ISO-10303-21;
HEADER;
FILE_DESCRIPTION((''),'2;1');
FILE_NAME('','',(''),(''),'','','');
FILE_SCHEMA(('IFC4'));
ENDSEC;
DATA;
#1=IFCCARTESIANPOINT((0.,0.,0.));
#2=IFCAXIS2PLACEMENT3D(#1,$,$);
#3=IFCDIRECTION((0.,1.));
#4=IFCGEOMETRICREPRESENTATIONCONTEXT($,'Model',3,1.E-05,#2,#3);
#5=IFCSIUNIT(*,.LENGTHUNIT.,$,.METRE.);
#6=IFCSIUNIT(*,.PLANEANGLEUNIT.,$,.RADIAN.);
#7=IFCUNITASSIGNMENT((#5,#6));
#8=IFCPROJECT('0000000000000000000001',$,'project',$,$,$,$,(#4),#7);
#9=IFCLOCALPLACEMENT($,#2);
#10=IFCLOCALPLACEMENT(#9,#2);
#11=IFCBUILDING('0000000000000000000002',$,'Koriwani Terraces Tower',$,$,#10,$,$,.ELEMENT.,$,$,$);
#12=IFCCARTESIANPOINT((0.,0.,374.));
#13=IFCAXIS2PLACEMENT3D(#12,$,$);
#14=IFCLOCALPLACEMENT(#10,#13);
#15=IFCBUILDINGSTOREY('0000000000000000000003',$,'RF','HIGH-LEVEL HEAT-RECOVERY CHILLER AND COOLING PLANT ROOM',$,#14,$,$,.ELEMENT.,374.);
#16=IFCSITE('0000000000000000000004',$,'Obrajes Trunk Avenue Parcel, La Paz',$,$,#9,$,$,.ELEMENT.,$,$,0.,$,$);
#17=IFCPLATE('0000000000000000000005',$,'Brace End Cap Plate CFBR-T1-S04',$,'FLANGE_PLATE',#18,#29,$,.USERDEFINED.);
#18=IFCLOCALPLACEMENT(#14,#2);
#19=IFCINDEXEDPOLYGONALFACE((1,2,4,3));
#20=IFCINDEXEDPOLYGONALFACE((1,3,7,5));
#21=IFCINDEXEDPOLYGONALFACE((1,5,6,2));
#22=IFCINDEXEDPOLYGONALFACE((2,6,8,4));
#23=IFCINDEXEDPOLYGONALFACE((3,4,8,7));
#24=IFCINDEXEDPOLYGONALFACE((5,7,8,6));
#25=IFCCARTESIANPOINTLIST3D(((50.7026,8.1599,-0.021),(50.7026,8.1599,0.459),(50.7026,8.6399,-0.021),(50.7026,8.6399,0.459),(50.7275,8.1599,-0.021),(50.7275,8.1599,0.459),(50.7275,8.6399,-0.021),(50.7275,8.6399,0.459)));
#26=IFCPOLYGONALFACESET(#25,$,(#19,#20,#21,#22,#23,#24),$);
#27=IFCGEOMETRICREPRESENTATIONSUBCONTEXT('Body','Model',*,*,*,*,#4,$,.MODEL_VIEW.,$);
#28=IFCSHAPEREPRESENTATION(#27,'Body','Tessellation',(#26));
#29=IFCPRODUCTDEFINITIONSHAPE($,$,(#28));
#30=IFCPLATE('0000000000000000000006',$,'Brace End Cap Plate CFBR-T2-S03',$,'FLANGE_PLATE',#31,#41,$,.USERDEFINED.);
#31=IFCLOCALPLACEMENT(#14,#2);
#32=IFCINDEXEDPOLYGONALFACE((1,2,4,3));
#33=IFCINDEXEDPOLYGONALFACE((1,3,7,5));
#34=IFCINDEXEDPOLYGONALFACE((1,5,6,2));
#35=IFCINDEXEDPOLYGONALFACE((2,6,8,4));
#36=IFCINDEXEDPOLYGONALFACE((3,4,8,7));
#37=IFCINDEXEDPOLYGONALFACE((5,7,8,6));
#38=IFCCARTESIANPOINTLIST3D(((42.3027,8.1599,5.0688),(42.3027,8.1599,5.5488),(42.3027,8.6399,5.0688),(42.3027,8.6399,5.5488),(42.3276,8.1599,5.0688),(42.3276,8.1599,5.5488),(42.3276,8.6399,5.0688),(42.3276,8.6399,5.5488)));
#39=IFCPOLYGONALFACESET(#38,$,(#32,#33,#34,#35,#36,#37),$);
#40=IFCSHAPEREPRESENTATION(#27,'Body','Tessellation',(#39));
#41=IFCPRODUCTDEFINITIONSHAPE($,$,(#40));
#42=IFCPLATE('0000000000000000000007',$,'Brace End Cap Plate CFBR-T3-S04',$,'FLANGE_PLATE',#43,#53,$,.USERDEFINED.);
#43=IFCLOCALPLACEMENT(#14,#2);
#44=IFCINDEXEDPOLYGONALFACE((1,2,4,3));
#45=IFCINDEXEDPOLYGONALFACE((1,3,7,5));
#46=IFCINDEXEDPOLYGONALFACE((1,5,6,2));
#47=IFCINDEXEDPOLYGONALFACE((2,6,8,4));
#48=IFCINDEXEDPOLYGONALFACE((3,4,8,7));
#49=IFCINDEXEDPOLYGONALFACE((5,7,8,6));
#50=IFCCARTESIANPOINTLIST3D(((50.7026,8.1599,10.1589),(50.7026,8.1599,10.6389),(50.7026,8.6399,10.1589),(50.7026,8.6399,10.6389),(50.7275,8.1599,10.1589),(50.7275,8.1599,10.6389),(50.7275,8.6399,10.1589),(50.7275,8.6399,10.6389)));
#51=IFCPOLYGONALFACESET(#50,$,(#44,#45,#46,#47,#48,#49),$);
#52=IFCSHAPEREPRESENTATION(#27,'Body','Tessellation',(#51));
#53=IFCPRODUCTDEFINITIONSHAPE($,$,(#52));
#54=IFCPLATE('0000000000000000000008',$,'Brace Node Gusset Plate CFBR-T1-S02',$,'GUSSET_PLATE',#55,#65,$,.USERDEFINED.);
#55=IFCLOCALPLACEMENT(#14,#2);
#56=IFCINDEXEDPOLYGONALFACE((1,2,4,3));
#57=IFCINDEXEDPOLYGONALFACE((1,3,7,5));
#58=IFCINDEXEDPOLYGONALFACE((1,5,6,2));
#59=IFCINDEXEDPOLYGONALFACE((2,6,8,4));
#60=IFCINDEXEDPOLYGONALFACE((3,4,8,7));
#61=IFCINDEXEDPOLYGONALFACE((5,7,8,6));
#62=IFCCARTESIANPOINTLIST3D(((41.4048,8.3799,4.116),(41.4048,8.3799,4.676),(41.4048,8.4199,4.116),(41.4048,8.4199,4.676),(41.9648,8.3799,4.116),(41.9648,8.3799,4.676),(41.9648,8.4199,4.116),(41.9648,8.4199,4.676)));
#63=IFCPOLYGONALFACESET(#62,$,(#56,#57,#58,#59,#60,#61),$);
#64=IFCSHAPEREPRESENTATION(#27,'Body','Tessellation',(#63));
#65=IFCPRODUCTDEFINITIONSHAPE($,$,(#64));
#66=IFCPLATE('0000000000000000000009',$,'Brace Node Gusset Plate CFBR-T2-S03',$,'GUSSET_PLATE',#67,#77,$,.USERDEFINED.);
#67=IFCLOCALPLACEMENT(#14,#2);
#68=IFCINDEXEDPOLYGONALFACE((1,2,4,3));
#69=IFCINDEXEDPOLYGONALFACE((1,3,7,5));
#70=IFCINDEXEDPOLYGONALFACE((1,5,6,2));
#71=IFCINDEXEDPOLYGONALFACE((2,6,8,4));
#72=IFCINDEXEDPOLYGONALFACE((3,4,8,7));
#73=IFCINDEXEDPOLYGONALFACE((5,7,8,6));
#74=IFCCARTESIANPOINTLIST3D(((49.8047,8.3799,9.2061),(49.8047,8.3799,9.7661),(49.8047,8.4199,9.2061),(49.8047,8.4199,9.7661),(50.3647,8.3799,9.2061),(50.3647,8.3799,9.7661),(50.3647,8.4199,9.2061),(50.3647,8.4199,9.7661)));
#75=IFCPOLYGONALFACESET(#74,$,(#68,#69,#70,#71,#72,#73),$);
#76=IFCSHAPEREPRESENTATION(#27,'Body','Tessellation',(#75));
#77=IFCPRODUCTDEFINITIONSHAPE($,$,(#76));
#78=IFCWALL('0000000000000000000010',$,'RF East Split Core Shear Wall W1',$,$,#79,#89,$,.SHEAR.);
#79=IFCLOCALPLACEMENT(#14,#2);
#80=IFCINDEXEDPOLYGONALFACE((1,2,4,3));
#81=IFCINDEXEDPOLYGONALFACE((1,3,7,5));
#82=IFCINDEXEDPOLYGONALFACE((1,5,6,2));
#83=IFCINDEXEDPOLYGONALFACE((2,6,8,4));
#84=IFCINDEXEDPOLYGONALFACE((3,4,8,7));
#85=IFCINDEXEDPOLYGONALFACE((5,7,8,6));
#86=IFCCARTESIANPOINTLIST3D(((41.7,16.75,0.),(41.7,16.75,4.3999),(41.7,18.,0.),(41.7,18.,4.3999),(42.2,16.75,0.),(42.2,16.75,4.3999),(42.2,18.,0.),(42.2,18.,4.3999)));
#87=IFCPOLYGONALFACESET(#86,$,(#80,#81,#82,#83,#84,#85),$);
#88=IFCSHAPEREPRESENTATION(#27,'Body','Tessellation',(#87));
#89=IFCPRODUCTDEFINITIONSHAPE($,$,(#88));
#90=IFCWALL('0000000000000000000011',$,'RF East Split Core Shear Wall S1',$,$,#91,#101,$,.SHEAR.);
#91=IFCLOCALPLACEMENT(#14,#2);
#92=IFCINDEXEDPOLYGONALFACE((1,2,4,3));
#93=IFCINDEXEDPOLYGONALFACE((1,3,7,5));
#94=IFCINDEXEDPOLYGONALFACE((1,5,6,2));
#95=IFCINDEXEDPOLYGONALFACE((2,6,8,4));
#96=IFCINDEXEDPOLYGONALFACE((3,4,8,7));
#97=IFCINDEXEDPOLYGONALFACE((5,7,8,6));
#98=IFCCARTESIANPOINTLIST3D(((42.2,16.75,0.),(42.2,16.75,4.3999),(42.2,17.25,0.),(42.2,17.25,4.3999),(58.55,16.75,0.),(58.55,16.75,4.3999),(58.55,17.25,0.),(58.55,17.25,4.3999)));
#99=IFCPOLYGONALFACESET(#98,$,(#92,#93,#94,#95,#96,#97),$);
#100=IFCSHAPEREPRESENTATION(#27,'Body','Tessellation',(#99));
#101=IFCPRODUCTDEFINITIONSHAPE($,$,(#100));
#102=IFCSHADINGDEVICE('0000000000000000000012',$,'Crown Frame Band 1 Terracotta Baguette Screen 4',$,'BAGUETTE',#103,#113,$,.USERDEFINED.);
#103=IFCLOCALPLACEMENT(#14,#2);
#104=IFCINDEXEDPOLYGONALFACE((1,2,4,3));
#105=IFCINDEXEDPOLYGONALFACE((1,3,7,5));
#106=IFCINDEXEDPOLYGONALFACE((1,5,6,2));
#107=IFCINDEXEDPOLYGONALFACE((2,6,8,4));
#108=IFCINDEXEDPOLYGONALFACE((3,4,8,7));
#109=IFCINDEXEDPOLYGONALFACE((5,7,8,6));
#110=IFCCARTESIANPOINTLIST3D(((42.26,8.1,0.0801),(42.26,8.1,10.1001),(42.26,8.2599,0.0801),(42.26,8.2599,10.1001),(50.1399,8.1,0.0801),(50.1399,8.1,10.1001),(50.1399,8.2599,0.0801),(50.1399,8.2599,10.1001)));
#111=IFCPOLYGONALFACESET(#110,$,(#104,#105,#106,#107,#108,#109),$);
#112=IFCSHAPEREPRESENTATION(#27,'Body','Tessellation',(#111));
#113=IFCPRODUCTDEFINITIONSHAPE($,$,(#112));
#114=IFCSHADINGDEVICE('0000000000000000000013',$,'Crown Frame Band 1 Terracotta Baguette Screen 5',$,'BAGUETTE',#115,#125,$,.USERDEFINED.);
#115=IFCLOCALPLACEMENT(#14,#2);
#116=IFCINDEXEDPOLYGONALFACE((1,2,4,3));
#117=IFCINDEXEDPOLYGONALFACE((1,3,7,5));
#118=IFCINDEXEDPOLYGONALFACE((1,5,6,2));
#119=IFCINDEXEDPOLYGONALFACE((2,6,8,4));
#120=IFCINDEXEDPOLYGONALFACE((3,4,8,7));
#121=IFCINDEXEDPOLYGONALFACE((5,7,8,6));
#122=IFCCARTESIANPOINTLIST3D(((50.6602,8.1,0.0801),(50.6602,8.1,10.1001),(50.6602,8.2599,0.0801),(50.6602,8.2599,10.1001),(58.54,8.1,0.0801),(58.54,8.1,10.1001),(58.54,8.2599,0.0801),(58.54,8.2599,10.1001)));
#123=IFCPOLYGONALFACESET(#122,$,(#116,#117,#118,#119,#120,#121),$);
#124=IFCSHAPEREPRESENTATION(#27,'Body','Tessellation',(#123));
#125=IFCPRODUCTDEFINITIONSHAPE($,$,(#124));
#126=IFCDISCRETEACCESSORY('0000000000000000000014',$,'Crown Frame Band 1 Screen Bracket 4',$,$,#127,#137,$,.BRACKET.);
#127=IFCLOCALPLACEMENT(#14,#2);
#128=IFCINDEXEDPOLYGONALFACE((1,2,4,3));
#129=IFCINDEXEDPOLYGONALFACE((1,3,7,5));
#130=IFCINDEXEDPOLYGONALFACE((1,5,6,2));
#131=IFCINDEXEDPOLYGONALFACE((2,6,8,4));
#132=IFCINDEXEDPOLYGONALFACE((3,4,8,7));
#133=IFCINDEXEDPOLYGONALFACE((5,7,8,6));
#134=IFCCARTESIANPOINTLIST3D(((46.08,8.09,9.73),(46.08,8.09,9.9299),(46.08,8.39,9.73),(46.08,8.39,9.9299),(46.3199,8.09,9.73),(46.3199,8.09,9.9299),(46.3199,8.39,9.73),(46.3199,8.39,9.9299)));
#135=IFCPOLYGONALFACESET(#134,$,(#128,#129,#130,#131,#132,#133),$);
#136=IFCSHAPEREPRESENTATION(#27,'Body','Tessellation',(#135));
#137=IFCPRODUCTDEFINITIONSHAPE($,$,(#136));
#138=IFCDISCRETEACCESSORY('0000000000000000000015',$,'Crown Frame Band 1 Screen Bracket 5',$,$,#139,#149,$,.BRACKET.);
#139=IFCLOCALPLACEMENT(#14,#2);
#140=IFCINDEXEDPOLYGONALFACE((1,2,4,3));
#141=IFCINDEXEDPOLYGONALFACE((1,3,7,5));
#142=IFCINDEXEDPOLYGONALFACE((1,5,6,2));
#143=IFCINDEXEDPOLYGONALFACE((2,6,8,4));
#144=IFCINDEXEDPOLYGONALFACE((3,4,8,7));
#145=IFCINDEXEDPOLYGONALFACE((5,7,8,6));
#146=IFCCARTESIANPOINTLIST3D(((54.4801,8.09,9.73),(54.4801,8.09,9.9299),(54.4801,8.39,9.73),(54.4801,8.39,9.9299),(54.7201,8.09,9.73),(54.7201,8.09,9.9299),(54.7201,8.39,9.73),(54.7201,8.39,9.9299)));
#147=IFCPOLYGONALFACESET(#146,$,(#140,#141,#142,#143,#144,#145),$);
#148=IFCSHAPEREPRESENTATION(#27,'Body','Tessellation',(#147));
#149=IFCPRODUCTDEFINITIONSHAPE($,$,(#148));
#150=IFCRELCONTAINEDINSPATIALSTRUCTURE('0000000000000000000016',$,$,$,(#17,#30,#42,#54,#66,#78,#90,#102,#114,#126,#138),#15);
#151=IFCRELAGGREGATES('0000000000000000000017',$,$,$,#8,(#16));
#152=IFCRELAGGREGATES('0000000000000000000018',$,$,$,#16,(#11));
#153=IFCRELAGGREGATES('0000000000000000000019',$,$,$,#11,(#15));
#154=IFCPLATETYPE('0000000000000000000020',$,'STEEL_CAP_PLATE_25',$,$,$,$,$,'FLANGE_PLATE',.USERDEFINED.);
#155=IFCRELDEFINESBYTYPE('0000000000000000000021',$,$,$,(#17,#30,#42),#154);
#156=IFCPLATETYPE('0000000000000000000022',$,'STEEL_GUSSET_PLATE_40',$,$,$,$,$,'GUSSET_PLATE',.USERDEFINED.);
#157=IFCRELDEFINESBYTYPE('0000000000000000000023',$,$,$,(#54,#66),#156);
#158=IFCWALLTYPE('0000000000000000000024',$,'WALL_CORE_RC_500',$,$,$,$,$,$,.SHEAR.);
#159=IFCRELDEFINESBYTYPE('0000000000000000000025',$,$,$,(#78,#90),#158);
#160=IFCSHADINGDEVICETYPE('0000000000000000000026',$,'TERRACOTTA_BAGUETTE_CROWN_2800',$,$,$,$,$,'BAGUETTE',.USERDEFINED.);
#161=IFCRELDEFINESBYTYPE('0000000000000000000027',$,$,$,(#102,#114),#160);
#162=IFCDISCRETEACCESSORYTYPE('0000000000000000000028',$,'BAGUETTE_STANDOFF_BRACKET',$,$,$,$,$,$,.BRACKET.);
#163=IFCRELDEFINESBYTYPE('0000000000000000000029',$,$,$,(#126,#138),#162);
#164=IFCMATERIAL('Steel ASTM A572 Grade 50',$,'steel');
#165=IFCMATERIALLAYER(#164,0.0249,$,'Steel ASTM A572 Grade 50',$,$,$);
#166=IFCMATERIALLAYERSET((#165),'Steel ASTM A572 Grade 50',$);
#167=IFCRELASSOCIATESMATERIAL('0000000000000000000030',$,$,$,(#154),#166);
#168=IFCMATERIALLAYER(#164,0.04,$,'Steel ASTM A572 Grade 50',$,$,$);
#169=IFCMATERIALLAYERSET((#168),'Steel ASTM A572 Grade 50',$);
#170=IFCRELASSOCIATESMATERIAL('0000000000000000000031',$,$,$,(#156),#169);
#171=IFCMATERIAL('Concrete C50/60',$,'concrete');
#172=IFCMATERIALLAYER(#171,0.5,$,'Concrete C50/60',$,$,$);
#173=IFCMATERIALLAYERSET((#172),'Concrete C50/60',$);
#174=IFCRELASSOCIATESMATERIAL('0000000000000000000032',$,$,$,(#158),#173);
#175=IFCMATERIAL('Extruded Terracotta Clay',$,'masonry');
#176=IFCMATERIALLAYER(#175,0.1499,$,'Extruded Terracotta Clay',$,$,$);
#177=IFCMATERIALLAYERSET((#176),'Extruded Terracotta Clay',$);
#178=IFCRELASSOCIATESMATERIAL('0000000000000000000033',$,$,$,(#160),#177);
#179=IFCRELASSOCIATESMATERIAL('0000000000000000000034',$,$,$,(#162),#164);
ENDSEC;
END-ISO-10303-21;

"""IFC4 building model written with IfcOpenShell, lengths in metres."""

from ifc_helpers import new_model, si_unit, direction, frame, frame_2d, origin, origin_2d, place, context, subcontext, project, spatial, rectangle, extrude, material, layer, layer_set, type_object, element, save


model = new_model("IFC4")

# Units and contexts
model_context = context("Model", 3, precision=1e-05, world=origin(), true_north=direction((0.0, 1.0)))
body_context = subcontext(model_context, "Body", "Model", "MODEL_VIEW")
ifc_project = project(units=[si_unit("LENGTHUNIT", "METRE"), si_unit("PLANEANGLEUNIT", "RADIAN")], contexts=[model_context])

# Site, building, storey
site_placement = place(None, origin())
site = spatial("IfcSite", under=ifc_project, at=site_placement, Name="Obrajes Trunk Avenue Parcel, La Paz", CompositionType="ELEMENT", RefElevation=0.0)
building_placement = place(site_placement, origin())
building = spatial("IfcBuilding", under=site, at=building_placement, Name="Koriwani Terraces Tower", CompositionType="ELEMENT")
storey_placement = place(building_placement, frame((0.0, 0.0, 374.0)))
storey = spatial("IfcBuildingStorey", under=building, at=storey_placement, Name="RF", Description="HIGH-LEVEL HEAT-RECOVERY CHILLER AND COOLING PLANT ROOM", CompositionType="ELEMENT", Elevation=374.0)

# Shared definitions
ifc_material_1 = material(Name="Steel ASTM A572 Grade 50", Category="steel")

# Plates
ifc_layer_1 = layer(ifc_material_1, 0.0249, Name="Steel ASTM A572 Grade 50")
ifc_layer_set_1 = layer_set([ifc_layer_1], Name="Steel ASTM A572 Grade 50")
plate_type_1 = type_object("IfcPlateType", Name="STEEL_CAP_PLATE_25", ElementType="FLANGE_PLATE", PredefinedType="USERDEFINED", material=ifc_layer_set_1)
for number, where, z_axis, x_axis, name in (
    (1, (50.7151, 8.3999, -0.021), (0.0, 0.0, 1.0), (1.0, 0.0, 0.0), "Brace End Cap Plate CFBR-T1-S04"),
    (2, (42.3152, 8.3999, 5.0688), (0.0, 0.0, 1.0), (1.0, 0.0, 0.0), "Brace End Cap Plate CFBR-T2-S03"),
    (3, (50.7151, 8.3999, 10.1589), (0.0, 0.0, 1.0), (1.0, 0.0, 0.0), "Brace End Cap Plate CFBR-T3-S04"),
):
    element("IfcPlate", number, at=place(storey_placement, frame(where, z_axis=z_axis, x_axis=x_axis)), inside=storey, type_object=plate_type_1, Name=name, ObjectType="FLANGE_PLATE", PredefinedType="USERDEFINED", context=body_context, shape_type="SweptSolid", body=[
        extrude(rectangle(XDim=0.0249, YDim=0.48, at=origin_2d()), origin(), (0.0, 0.0, 1.0), 0.48),
    ])
ifc_layer_2 = layer(ifc_material_1, 0.04, Name="Steel ASTM A572 Grade 50")
ifc_layer_set_2 = layer_set([ifc_layer_2], Name="Steel ASTM A572 Grade 50")
plate_type_2 = type_object("IfcPlateType", Name="STEEL_GUSSET_PLATE_40", ElementType="GUSSET_PLATE", PredefinedType="USERDEFINED", material=ifc_layer_set_2)
for number, where, z_axis, x_axis, name in (
    (4, (41.6848, 8.3999, 4.116), (0.0, 0.0, 1.0), (1.0, 0.0, 0.0), "Brace Node Gusset Plate CFBR-T1-S02"),
    (5, (50.0847, 8.3999, 9.2061), (0.0, 0.0, 1.0), (1.0, 0.0, 0.0), "Brace Node Gusset Plate CFBR-T2-S03"),
):
    element("IfcPlate", number, at=place(storey_placement, frame(where, z_axis=z_axis, x_axis=x_axis)), inside=storey, type_object=plate_type_2, Name=name, ObjectType="GUSSET_PLATE", PredefinedType="USERDEFINED", context=body_context, shape_type="SweptSolid", body=[
        extrude(rectangle(XDim=0.5601, YDim=0.04, at=origin_2d()), origin(), (0.0, 0.0, 1.0), 0.5601),
    ])

# Walls
ifc_material_2 = material(Name="Concrete C50/60", Category="concrete")
ifc_layer_3 = layer(ifc_material_2, 0.5, Name="Concrete C50/60")
ifc_layer_set_3 = layer_set([ifc_layer_3], Name="Concrete C50/60")
wall_type = type_object("IfcWallType", Name="WALL_CORE_RC_500", PredefinedType="SHEAR", material=ifc_layer_set_3)
wall_1_placement = place(storey_placement, frame((41.95, 16.75, 0.0), z_axis=(0.0, 0.0, 1.0), x_axis=(0.0, 1.0, 0.0)))
element("IfcWall", 6, at=wall_1_placement, inside=storey, type_object=wall_type, Name="RF East Split Core Shear Wall W1", PredefinedType="SHEAR", context=body_context, shape_type="SweptSolid", body=[
    extrude(rectangle(XDim=1.25, YDim=0.5, at=frame_2d((0.625, 0.0))), origin(), (0.0, 0.0, 1.0), 4.3999),
])
wall_2_placement = place(storey_placement, frame((42.2, 17.0, 0.0), z_axis=(0.0, 0.0, 1.0), x_axis=(1.0, 0.0, 0.0)))
element("IfcWall", 7, at=wall_2_placement, inside=storey, type_object=wall_type, Name="RF East Split Core Shear Wall S1", PredefinedType="SHEAR", context=body_context, shape_type="SweptSolid", body=[
    extrude(rectangle(XDim=16.3501, YDim=0.5, at=frame_2d((8.175, 0.0))), origin(), (0.0, 0.0, 1.0), 4.3999),
])

# Shading devices
ifc_material_3 = material(Name="Extruded Terracotta Clay", Category="masonry")
ifc_layer_4 = layer(ifc_material_3, 0.1499, Name="Extruded Terracotta Clay")
ifc_layer_set_4 = layer_set([ifc_layer_4], Name="Extruded Terracotta Clay")
shading_device_type = type_object("IfcShadingDeviceType", Name="TERRACOTTA_BAGUETTE_CROWN_2800", ElementType="BAGUETTE", PredefinedType="USERDEFINED", material=ifc_layer_set_4)
for number, where, z_axis, x_axis, name in (
    (8, (46.2, 8.1799, 0.0801), (0.0, 0.0, 1.0), (1.0, 0.0, 0.0), "Crown Frame Band 1 Terracotta Baguette Screen 4"),
    (9, (54.6001, 8.1799, 0.0801), (0.0, 0.0, 1.0), (1.0, 0.0, 0.0), "Crown Frame Band 1 Terracotta Baguette Screen 5"),
):
    element("IfcShadingDevice", number, at=place(storey_placement, frame(where, z_axis=z_axis, x_axis=x_axis)), inside=storey, type_object=shading_device_type, Name=name, ObjectType="BAGUETTE", PredefinedType="USERDEFINED", context=body_context, shape_type="SweptSolid", body=[
        extrude(rectangle(XDim=7.8799, YDim=0.1599, at=origin_2d()), origin(), (0.0, 0.0, 1.0), 10.02),
    ])

# Discrete accessories
discrete_accessory_type = type_object("IfcDiscreteAccessoryType", Name="BAGUETTE_STANDOFF_BRACKET", PredefinedType="BRACKET", material=ifc_material_1)
for number, where, z_axis, x_axis, name in (
    (10, (46.2, 8.24, 9.73), (0.0, 0.0, 1.0), (1.0, 0.0, 0.0), "Crown Frame Band 1 Screen Bracket 4"),
    (11, (54.6001, 8.24, 9.73), (0.0, 0.0, 1.0), (1.0, 0.0, 0.0), "Crown Frame Band 1 Screen Bracket 5"),
):
    element("IfcDiscreteAccessory", number, at=place(storey_placement, frame(where, z_axis=z_axis, x_axis=x_axis)), inside=storey, type_object=discrete_accessory_type, Name=name, PredefinedType="BRACKET", context=body_context, shape_type="SweptSolid", body=[
        extrude(rectangle(XDim=0.24, YDim=0.3, at=origin_2d()), origin(), (0.0, 0.0, 1.0), 0.2),
    ])

save(model, "model.ifc")
